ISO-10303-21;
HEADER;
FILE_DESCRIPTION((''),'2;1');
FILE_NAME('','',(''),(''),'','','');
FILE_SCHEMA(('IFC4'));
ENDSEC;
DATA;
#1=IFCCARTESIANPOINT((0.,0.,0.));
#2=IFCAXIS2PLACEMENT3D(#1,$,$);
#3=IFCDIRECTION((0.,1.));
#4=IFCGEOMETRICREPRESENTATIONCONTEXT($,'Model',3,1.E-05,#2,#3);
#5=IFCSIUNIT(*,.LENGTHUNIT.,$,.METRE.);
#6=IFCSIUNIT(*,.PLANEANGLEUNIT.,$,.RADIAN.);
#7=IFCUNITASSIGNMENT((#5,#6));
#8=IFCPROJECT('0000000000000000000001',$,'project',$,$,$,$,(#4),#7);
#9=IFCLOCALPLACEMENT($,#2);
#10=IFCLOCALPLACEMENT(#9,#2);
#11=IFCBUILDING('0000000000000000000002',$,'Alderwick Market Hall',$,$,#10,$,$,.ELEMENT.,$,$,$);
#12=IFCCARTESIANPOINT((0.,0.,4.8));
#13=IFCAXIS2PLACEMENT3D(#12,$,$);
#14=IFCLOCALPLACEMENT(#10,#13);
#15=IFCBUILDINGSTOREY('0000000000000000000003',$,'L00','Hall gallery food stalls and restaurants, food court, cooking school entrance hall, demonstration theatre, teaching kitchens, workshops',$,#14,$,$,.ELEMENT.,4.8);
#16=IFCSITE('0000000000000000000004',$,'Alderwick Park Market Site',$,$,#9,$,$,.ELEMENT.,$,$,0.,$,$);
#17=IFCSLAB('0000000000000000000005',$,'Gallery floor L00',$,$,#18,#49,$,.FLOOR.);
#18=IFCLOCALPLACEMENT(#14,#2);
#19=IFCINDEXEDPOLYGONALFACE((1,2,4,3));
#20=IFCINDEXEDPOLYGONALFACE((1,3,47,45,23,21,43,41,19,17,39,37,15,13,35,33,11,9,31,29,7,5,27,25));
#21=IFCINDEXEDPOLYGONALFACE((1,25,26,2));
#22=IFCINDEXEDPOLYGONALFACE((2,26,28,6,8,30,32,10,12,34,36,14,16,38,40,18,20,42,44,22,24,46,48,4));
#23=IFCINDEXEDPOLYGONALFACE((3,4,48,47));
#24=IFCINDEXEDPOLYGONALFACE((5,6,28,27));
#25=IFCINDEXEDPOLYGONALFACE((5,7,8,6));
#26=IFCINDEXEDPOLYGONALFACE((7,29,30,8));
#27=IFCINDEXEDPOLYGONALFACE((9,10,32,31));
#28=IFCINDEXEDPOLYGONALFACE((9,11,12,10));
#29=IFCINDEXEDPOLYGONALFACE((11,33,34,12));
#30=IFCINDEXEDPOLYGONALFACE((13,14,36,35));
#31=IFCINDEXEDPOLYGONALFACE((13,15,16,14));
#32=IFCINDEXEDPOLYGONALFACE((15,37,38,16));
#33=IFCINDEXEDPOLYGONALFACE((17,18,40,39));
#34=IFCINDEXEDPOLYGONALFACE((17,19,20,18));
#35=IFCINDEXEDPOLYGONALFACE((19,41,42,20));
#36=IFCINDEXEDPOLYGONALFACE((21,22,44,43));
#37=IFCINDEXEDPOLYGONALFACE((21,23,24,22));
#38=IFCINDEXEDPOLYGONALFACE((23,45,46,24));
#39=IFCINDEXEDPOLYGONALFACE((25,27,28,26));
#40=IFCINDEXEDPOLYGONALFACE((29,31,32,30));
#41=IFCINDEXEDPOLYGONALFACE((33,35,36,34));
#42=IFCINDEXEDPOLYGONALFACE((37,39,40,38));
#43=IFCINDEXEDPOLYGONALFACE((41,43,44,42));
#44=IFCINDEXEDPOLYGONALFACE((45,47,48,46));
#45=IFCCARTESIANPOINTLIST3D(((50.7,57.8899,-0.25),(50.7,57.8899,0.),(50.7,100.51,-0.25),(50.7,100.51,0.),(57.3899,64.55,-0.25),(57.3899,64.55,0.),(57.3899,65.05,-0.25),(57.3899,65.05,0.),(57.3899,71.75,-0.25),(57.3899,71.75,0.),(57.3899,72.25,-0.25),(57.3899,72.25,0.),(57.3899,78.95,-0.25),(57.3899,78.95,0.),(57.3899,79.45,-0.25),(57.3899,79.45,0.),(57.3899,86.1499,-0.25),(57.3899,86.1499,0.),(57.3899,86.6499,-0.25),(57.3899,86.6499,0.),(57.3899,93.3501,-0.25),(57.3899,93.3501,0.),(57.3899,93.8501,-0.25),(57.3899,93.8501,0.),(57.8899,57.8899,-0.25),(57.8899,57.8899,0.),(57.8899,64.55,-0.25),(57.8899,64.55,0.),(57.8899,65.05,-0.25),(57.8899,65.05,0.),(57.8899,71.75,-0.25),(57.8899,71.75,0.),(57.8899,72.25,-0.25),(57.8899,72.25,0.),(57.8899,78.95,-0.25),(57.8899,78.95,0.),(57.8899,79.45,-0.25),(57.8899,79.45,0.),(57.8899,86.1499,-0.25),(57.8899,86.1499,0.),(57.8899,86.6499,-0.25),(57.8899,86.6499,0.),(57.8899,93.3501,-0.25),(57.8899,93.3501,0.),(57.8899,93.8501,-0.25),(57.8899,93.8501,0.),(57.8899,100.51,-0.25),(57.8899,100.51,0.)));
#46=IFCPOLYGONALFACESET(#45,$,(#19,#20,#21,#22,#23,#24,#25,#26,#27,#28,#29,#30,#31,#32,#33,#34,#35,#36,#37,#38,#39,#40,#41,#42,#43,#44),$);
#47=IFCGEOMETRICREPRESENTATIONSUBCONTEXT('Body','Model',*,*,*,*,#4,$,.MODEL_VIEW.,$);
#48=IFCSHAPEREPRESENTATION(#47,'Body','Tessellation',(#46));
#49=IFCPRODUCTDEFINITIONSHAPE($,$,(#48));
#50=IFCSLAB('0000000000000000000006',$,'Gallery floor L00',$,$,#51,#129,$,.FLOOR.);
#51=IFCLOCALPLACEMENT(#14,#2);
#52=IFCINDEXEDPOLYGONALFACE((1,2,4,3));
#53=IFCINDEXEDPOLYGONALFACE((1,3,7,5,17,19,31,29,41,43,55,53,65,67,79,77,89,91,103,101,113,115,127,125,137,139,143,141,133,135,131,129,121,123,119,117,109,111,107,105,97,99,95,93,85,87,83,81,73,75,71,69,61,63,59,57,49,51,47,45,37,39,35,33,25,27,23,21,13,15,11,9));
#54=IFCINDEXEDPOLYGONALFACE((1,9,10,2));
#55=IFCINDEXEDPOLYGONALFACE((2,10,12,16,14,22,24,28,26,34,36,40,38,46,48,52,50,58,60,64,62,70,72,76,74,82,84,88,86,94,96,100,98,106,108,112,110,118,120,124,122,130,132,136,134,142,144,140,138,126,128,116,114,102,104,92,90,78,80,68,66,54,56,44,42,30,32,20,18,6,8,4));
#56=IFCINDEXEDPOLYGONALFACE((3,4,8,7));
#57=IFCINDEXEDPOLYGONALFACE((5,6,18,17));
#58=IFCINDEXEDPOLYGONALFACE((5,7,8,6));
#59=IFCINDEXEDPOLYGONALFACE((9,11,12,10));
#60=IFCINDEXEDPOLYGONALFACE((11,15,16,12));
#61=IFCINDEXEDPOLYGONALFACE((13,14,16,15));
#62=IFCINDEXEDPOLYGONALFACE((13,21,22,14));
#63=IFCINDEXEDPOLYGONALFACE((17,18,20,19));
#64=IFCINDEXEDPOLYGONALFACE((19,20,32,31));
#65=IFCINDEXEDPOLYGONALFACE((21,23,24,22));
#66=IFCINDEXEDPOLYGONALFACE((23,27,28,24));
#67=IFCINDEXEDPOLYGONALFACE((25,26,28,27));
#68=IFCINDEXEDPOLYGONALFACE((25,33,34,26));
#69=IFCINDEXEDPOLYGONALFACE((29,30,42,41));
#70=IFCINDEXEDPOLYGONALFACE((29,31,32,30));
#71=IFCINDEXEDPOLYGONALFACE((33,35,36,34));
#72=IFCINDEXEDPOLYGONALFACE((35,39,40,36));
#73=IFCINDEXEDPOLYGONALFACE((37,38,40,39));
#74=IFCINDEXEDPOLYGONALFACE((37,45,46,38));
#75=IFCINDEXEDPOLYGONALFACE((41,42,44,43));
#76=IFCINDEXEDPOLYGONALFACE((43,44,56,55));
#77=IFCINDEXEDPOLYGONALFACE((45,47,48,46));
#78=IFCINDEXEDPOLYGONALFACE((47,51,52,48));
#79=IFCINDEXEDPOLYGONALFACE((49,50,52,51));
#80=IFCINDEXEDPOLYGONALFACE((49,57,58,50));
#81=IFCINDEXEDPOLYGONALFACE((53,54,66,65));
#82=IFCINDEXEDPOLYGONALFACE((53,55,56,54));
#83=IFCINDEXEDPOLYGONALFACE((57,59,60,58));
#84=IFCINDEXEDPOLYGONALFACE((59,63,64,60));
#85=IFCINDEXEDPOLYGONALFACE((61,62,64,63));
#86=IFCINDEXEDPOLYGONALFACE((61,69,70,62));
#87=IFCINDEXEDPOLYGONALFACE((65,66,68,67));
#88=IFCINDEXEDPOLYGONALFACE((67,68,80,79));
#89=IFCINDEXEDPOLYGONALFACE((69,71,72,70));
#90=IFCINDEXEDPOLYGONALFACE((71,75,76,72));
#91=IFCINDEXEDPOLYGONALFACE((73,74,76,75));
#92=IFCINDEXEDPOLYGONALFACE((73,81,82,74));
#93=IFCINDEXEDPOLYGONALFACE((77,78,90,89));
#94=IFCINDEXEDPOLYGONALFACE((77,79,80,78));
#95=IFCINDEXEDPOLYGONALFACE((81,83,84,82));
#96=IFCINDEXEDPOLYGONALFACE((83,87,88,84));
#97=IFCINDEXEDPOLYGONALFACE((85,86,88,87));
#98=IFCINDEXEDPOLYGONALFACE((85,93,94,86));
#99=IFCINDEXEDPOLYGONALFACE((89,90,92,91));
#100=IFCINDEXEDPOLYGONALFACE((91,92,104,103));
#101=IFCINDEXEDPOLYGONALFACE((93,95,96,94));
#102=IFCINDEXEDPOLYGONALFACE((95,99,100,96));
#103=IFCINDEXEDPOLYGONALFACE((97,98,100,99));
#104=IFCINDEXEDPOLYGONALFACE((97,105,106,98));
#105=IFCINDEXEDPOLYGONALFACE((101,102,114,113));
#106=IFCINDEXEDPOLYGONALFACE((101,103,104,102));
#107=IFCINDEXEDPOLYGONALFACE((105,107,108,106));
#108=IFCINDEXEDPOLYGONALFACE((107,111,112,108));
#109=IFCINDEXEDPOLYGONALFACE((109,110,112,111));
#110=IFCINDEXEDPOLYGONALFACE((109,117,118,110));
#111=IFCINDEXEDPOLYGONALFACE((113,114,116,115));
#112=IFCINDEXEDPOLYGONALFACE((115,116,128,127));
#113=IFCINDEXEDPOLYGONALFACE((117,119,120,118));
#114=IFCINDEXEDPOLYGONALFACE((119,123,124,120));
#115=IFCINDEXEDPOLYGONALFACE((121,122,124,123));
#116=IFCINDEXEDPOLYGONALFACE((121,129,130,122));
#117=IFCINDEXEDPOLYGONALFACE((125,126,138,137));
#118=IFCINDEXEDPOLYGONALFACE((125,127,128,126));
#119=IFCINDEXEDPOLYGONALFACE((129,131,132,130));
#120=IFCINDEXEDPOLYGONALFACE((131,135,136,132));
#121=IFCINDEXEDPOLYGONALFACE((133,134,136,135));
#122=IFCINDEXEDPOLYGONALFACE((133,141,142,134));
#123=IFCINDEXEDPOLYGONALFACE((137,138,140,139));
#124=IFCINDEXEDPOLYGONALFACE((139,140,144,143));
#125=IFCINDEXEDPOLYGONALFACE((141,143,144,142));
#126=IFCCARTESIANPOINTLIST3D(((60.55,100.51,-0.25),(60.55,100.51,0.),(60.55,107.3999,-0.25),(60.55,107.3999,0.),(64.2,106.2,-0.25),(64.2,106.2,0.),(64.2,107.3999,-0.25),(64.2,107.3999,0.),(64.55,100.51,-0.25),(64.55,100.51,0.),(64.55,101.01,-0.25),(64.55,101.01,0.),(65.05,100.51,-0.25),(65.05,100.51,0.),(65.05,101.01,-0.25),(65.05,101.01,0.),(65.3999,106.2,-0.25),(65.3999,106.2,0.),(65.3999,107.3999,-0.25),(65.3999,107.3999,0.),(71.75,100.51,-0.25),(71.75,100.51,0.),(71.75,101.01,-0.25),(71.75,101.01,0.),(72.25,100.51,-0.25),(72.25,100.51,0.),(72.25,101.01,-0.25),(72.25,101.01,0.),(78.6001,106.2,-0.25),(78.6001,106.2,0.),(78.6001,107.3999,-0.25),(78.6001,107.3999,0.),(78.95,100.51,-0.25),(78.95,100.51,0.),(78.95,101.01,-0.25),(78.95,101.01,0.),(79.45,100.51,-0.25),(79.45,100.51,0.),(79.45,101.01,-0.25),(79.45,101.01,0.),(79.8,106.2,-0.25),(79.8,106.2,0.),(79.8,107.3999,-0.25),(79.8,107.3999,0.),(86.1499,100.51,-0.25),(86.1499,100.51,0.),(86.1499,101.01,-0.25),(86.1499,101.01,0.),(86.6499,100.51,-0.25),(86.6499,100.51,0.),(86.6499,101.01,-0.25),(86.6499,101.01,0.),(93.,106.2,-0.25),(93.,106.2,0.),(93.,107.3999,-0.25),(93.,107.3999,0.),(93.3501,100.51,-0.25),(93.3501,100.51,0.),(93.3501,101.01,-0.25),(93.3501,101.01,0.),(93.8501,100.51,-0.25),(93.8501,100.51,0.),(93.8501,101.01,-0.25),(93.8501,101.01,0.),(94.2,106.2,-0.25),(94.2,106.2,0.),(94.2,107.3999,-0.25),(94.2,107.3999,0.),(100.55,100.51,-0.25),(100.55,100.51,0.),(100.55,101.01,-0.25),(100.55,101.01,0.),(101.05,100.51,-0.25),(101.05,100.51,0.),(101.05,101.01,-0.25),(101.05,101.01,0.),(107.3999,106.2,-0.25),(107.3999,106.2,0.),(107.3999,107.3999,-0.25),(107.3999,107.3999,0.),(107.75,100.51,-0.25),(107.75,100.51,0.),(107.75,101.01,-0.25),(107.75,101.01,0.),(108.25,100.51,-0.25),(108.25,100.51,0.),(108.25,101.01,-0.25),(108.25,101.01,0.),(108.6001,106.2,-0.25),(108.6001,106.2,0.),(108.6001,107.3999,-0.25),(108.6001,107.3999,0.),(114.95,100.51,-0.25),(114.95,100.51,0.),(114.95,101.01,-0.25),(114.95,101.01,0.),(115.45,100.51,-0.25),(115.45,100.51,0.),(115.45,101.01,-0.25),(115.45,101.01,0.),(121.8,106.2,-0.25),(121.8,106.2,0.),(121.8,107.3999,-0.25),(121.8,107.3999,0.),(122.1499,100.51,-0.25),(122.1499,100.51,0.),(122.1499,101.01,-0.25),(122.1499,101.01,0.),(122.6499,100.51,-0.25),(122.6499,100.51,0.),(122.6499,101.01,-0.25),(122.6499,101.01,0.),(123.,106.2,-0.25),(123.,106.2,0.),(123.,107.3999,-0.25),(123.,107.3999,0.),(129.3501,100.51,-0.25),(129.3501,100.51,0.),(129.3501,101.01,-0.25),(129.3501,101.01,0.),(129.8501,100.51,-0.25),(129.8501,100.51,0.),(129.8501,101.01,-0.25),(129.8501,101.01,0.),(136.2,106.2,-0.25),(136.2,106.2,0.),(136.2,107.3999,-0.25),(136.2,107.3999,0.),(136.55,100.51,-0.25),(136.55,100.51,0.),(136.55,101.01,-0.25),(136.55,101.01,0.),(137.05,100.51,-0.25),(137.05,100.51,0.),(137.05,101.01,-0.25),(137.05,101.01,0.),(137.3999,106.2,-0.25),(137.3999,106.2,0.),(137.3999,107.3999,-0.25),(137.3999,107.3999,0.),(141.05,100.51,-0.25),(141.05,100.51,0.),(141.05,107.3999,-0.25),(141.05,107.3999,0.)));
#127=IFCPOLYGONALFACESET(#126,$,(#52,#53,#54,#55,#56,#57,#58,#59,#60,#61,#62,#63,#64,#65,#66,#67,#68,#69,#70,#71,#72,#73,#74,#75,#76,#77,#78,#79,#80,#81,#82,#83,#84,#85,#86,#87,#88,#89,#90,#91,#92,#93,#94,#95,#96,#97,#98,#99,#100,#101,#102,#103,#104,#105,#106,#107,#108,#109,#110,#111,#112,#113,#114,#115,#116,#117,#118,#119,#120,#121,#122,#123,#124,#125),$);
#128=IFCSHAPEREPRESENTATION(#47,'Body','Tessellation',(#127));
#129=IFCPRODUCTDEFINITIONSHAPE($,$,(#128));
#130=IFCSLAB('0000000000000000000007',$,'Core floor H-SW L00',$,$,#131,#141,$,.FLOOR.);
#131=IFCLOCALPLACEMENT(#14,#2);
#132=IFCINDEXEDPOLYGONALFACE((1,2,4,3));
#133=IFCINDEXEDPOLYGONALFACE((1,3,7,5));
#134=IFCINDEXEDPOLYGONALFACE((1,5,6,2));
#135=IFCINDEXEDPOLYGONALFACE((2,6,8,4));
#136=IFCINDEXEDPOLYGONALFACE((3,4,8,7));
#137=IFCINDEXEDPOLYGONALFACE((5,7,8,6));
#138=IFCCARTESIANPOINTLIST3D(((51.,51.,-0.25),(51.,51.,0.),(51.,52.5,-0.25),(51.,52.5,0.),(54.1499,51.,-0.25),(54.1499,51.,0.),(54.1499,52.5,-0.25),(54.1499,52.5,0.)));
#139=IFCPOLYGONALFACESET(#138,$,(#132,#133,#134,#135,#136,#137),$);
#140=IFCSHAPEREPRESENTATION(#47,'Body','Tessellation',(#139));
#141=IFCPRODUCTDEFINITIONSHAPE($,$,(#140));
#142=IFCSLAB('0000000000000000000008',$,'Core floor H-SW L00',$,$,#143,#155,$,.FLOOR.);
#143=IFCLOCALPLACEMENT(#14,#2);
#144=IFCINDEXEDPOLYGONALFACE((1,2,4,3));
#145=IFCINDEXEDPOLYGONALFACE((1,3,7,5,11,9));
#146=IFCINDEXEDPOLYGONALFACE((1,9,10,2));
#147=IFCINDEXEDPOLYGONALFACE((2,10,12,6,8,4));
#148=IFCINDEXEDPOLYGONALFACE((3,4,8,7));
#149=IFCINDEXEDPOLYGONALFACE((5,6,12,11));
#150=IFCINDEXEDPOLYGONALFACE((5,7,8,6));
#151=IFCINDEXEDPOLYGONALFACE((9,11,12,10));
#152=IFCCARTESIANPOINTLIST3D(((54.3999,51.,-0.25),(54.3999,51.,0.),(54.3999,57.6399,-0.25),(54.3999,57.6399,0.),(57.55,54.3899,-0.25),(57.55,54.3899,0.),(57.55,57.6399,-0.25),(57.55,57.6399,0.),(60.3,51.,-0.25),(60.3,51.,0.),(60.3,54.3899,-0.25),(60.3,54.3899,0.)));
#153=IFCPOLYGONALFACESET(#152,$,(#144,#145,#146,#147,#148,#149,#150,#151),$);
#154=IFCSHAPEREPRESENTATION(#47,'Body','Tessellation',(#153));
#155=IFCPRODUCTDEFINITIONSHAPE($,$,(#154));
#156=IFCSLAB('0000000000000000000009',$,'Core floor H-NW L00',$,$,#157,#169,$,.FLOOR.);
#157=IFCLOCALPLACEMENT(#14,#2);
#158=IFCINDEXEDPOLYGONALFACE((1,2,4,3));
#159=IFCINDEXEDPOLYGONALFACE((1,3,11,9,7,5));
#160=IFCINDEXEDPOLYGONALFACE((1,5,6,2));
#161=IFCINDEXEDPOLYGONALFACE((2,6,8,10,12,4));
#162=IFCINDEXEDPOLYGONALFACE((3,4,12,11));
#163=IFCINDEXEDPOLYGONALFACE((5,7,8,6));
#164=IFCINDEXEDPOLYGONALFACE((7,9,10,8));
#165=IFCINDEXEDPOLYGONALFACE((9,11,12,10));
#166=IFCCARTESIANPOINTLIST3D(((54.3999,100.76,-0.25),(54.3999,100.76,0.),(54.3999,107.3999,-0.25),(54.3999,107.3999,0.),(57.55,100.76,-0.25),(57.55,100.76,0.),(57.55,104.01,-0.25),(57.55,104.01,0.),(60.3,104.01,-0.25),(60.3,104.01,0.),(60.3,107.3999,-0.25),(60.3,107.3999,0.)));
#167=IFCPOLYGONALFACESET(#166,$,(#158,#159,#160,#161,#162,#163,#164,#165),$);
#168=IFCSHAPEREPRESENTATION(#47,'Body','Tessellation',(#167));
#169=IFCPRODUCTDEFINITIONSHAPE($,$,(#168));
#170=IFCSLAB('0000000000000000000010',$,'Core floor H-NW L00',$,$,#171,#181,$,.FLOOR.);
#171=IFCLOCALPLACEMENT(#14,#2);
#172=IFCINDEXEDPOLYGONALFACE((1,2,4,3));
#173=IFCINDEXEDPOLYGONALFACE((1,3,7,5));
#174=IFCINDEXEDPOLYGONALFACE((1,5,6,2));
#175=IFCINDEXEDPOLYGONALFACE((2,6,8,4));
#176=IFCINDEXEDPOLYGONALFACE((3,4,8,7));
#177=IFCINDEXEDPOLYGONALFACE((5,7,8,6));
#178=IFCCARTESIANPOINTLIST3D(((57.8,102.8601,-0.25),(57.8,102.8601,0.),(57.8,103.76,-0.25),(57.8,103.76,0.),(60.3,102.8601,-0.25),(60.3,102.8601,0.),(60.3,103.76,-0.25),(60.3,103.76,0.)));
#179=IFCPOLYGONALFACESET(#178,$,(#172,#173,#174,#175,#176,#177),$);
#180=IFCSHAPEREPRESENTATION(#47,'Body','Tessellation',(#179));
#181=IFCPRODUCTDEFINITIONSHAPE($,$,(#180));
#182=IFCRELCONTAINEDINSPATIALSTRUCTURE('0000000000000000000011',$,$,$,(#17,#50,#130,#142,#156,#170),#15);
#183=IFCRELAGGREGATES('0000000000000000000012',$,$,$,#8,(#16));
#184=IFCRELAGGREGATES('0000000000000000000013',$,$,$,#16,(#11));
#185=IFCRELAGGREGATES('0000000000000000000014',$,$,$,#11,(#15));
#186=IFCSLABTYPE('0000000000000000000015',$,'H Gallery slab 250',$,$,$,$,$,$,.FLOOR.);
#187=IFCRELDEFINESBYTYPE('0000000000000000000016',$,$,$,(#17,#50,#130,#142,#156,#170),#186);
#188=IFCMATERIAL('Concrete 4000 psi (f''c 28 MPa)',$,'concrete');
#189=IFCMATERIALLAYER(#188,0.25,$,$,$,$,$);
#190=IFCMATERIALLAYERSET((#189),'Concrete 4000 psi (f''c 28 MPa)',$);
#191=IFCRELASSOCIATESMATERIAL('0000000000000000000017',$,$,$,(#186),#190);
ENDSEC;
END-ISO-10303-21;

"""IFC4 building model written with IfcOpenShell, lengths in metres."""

from ifc_helpers import new_model, si_unit, direction, frame, origin, place, context, subcontext, project, spatial, polyline, outline, extrude, material, layer, layer_set, type_object, element, save


model = new_model("IFC4")

# Units and contexts
model_context = context("Model", 3, precision=1e-05, world=origin(), true_north=direction((0.0, 1.0)))
body_context = subcontext(model_context, "Body", "Model", "MODEL_VIEW")
ifc_project = project(units=[si_unit("LENGTHUNIT", "METRE"), si_unit("PLANEANGLEUNIT", "RADIAN")], contexts=[model_context])

# Site, building, storey
site_placement = place(None, origin())
site = spatial("IfcSite", under=ifc_project, at=site_placement, Name="Alderwick Park Market Site", CompositionType="ELEMENT", RefElevation=0.0)
building_placement = place(site_placement, origin())
building = spatial("IfcBuilding", under=site, at=building_placement, Name="Alderwick Market Hall", CompositionType="ELEMENT")
storey_placement = place(building_placement, frame((0.0, 0.0, 4.8)))
storey = spatial("IfcBuildingStorey", under=building, at=storey_placement, Name="L00", Description="Hall gallery food stalls and restaurants, food court, cooking school entrance hall, demonstration theatre, teaching kitchens, workshops", CompositionType="ELEMENT", Elevation=4.8)

# Shared definitions
ifc_material_1 = material(Name="Concrete 4000 psi (f'c 28 MPa)", Category="concrete")

# Slabs
ifc_layer_1 = layer(ifc_material_1, 0.25)
ifc_layer_set_1 = layer_set([ifc_layer_1], Name="Concrete 4000 psi (f'c 28 MPa)")
slab_type_1 = type_object("IfcSlabType", Name="H Gallery slab 250", PredefinedType="FLOOR", material=ifc_layer_set_1)
slab_1_placement = place(storey_placement, frame((0.0, 0.0, -0.25)))
element("IfcSlab", 1, at=slab_1_placement, inside=storey, type_object=slab_type_1, Name="Gallery floor L00", PredefinedType="FLOOR", context=body_context, shape_type="SweptSolid", body=[
    extrude(outline(polyline([(57.8899, 93.8501), (57.3899, 93.8501), (57.3899, 93.3501), (57.8899, 93.3501), (57.8899, 86.6499), (57.3899, 86.6499), (57.3899, 86.1499), (57.8899, 86.1499), (57.8899, 79.45), (57.3899, 79.45), (57.3899, 78.95), (57.8899, 78.95), (57.8899, 72.25), (57.3899, 72.25), (57.3899, 71.75), (57.8899, 71.75), (57.8899, 65.05), (57.3899, 65.05), (57.3899, 64.55), (57.8899, 64.55), (57.8899, 57.8899), (50.7, 57.8899), (50.7, 100.51), (57.8899, 100.51), (57.8899, 93.8501)])), origin(), (0.0, 0.0, 1.0), 0.25),
])
slab_2_placement = place(storey_placement, frame((0.0, 0.0, -0.25)))
element("IfcSlab", 2, at=slab_2_placement, inside=storey, type_object=slab_type_1, Name="Gallery floor L00", PredefinedType="FLOOR", context=body_context, shape_type="SweptSolid", body=[
    extrude(outline(polyline([(64.2, 107.3999), (64.2, 106.2), (65.3999, 106.2), (65.3999, 107.3999), (78.6001, 107.3999), (78.6001, 106.2), (79.8, 106.2), (79.8, 107.3999), (93.0, 107.3999), (93.0, 106.2), (94.2, 106.2), (94.2, 107.3999), (107.3999, 107.3999), (107.3999, 106.2), (108.6001, 106.2), (108.6001, 107.3999), (121.8, 107.3999), (121.8, 106.2), (123.0, 106.2), (123.0, 107.3999), (136.2, 107.3999), (136.2, 106.2), (137.3999, 106.2), (137.3999, 107.3999), (141.05, 107.3999), (141.05, 100.51), (137.05, 100.51), (137.05, 101.01), (136.55, 101.01), (136.55, 100.51), (129.8501, 100.51), (129.8501, 101.01), (129.3501, 101.01), (129.3501, 100.51), (122.6499, 100.51), (122.6499, 101.01), (122.1499, 101.01), (122.1499, 100.51), (115.45, 100.51), (115.45, 101.01), (114.95, 101.01), (114.95, 100.51), (108.25, 100.51), (108.25, 101.01), (107.75, 101.01), (107.75, 100.51), (101.05, 100.51), (101.05, 101.01), (100.55, 101.01), (100.55, 100.51), (93.8501, 100.51), (93.8501, 101.01), (93.3501, 101.01), (93.3501, 100.51), (86.6499, 100.51), (86.6499, 101.01), (86.1499, 101.01), (86.1499, 100.51), (79.45, 100.51), (79.45, 101.01), (78.95, 101.01), (78.95, 100.51), (72.25, 100.51), (72.25, 101.01), (71.75, 101.01), (71.75, 100.51), (65.05, 100.51), (65.05, 101.01), (64.55, 101.01), (64.55, 100.51), (60.55, 100.51), (60.55, 107.3999), (64.2, 107.3999)])), origin(), (0.0, 0.0, 1.0), 0.25),
])
slab_3_placement = place(storey_placement, frame((0.0, 0.0, -0.25)))
element("IfcSlab", 3, at=slab_3_placement, inside=storey, type_object=slab_type_1, Name="Core floor H-SW L00", PredefinedType="FLOOR", context=body_context, shape_type="SweptSolid", body=[
    extrude(outline(polyline([(51.0, 52.5), (54.1499, 52.5), (54.1499, 51.0), (51.0, 51.0), (51.0, 52.5)])), origin(), (0.0, 0.0, 1.0), 0.25),
])
slab_4_placement = place(storey_placement, frame((0.0, 0.0, -0.25)))
element("IfcSlab", 4, at=slab_4_placement, inside=storey, type_object=slab_type_1, Name="Core floor H-SW L00", PredefinedType="FLOOR", context=body_context, shape_type="SweptSolid", body=[
    extrude(outline(polyline([(57.55, 57.6399), (57.55, 54.3899), (60.3, 54.3899), (60.3, 51.0), (54.3999, 51.0), (54.3999, 57.6399), (57.55, 57.6399)])), origin(), (0.0, 0.0, 1.0), 0.25),
])
slab_5_placement = place(storey_placement, frame((0.0, 0.0, -0.25)))
element("IfcSlab", 5, at=slab_5_placement, inside=storey, type_object=slab_type_1, Name="Core floor H-NW L00", PredefinedType="FLOOR", context=body_context, shape_type="SweptSolid", body=[
    extrude(outline(polyline([(57.55, 100.76), (54.3999, 100.76), (54.3999, 107.3999), (60.3, 107.3999), (60.3, 104.01), (57.55, 104.01), (57.55, 100.76)])), origin(), (0.0, 0.0, 1.0), 0.25),
])
slab_6_placement = place(storey_placement, frame((0.0, 0.0, -0.25)))
element("IfcSlab", 6, at=slab_6_placement, inside=storey, type_object=slab_type_1, Name="Core floor H-NW L00", PredefinedType="FLOOR", context=body_context, shape_type="SweptSolid", body=[
    extrude(outline(polyline([(60.3, 103.76), (60.3, 102.8601), (57.8, 102.8601), (57.8, 103.76), (60.3, 103.76)])), origin(), (0.0, 0.0, 1.0), 0.25),
])

save(model, "model.ifc")
